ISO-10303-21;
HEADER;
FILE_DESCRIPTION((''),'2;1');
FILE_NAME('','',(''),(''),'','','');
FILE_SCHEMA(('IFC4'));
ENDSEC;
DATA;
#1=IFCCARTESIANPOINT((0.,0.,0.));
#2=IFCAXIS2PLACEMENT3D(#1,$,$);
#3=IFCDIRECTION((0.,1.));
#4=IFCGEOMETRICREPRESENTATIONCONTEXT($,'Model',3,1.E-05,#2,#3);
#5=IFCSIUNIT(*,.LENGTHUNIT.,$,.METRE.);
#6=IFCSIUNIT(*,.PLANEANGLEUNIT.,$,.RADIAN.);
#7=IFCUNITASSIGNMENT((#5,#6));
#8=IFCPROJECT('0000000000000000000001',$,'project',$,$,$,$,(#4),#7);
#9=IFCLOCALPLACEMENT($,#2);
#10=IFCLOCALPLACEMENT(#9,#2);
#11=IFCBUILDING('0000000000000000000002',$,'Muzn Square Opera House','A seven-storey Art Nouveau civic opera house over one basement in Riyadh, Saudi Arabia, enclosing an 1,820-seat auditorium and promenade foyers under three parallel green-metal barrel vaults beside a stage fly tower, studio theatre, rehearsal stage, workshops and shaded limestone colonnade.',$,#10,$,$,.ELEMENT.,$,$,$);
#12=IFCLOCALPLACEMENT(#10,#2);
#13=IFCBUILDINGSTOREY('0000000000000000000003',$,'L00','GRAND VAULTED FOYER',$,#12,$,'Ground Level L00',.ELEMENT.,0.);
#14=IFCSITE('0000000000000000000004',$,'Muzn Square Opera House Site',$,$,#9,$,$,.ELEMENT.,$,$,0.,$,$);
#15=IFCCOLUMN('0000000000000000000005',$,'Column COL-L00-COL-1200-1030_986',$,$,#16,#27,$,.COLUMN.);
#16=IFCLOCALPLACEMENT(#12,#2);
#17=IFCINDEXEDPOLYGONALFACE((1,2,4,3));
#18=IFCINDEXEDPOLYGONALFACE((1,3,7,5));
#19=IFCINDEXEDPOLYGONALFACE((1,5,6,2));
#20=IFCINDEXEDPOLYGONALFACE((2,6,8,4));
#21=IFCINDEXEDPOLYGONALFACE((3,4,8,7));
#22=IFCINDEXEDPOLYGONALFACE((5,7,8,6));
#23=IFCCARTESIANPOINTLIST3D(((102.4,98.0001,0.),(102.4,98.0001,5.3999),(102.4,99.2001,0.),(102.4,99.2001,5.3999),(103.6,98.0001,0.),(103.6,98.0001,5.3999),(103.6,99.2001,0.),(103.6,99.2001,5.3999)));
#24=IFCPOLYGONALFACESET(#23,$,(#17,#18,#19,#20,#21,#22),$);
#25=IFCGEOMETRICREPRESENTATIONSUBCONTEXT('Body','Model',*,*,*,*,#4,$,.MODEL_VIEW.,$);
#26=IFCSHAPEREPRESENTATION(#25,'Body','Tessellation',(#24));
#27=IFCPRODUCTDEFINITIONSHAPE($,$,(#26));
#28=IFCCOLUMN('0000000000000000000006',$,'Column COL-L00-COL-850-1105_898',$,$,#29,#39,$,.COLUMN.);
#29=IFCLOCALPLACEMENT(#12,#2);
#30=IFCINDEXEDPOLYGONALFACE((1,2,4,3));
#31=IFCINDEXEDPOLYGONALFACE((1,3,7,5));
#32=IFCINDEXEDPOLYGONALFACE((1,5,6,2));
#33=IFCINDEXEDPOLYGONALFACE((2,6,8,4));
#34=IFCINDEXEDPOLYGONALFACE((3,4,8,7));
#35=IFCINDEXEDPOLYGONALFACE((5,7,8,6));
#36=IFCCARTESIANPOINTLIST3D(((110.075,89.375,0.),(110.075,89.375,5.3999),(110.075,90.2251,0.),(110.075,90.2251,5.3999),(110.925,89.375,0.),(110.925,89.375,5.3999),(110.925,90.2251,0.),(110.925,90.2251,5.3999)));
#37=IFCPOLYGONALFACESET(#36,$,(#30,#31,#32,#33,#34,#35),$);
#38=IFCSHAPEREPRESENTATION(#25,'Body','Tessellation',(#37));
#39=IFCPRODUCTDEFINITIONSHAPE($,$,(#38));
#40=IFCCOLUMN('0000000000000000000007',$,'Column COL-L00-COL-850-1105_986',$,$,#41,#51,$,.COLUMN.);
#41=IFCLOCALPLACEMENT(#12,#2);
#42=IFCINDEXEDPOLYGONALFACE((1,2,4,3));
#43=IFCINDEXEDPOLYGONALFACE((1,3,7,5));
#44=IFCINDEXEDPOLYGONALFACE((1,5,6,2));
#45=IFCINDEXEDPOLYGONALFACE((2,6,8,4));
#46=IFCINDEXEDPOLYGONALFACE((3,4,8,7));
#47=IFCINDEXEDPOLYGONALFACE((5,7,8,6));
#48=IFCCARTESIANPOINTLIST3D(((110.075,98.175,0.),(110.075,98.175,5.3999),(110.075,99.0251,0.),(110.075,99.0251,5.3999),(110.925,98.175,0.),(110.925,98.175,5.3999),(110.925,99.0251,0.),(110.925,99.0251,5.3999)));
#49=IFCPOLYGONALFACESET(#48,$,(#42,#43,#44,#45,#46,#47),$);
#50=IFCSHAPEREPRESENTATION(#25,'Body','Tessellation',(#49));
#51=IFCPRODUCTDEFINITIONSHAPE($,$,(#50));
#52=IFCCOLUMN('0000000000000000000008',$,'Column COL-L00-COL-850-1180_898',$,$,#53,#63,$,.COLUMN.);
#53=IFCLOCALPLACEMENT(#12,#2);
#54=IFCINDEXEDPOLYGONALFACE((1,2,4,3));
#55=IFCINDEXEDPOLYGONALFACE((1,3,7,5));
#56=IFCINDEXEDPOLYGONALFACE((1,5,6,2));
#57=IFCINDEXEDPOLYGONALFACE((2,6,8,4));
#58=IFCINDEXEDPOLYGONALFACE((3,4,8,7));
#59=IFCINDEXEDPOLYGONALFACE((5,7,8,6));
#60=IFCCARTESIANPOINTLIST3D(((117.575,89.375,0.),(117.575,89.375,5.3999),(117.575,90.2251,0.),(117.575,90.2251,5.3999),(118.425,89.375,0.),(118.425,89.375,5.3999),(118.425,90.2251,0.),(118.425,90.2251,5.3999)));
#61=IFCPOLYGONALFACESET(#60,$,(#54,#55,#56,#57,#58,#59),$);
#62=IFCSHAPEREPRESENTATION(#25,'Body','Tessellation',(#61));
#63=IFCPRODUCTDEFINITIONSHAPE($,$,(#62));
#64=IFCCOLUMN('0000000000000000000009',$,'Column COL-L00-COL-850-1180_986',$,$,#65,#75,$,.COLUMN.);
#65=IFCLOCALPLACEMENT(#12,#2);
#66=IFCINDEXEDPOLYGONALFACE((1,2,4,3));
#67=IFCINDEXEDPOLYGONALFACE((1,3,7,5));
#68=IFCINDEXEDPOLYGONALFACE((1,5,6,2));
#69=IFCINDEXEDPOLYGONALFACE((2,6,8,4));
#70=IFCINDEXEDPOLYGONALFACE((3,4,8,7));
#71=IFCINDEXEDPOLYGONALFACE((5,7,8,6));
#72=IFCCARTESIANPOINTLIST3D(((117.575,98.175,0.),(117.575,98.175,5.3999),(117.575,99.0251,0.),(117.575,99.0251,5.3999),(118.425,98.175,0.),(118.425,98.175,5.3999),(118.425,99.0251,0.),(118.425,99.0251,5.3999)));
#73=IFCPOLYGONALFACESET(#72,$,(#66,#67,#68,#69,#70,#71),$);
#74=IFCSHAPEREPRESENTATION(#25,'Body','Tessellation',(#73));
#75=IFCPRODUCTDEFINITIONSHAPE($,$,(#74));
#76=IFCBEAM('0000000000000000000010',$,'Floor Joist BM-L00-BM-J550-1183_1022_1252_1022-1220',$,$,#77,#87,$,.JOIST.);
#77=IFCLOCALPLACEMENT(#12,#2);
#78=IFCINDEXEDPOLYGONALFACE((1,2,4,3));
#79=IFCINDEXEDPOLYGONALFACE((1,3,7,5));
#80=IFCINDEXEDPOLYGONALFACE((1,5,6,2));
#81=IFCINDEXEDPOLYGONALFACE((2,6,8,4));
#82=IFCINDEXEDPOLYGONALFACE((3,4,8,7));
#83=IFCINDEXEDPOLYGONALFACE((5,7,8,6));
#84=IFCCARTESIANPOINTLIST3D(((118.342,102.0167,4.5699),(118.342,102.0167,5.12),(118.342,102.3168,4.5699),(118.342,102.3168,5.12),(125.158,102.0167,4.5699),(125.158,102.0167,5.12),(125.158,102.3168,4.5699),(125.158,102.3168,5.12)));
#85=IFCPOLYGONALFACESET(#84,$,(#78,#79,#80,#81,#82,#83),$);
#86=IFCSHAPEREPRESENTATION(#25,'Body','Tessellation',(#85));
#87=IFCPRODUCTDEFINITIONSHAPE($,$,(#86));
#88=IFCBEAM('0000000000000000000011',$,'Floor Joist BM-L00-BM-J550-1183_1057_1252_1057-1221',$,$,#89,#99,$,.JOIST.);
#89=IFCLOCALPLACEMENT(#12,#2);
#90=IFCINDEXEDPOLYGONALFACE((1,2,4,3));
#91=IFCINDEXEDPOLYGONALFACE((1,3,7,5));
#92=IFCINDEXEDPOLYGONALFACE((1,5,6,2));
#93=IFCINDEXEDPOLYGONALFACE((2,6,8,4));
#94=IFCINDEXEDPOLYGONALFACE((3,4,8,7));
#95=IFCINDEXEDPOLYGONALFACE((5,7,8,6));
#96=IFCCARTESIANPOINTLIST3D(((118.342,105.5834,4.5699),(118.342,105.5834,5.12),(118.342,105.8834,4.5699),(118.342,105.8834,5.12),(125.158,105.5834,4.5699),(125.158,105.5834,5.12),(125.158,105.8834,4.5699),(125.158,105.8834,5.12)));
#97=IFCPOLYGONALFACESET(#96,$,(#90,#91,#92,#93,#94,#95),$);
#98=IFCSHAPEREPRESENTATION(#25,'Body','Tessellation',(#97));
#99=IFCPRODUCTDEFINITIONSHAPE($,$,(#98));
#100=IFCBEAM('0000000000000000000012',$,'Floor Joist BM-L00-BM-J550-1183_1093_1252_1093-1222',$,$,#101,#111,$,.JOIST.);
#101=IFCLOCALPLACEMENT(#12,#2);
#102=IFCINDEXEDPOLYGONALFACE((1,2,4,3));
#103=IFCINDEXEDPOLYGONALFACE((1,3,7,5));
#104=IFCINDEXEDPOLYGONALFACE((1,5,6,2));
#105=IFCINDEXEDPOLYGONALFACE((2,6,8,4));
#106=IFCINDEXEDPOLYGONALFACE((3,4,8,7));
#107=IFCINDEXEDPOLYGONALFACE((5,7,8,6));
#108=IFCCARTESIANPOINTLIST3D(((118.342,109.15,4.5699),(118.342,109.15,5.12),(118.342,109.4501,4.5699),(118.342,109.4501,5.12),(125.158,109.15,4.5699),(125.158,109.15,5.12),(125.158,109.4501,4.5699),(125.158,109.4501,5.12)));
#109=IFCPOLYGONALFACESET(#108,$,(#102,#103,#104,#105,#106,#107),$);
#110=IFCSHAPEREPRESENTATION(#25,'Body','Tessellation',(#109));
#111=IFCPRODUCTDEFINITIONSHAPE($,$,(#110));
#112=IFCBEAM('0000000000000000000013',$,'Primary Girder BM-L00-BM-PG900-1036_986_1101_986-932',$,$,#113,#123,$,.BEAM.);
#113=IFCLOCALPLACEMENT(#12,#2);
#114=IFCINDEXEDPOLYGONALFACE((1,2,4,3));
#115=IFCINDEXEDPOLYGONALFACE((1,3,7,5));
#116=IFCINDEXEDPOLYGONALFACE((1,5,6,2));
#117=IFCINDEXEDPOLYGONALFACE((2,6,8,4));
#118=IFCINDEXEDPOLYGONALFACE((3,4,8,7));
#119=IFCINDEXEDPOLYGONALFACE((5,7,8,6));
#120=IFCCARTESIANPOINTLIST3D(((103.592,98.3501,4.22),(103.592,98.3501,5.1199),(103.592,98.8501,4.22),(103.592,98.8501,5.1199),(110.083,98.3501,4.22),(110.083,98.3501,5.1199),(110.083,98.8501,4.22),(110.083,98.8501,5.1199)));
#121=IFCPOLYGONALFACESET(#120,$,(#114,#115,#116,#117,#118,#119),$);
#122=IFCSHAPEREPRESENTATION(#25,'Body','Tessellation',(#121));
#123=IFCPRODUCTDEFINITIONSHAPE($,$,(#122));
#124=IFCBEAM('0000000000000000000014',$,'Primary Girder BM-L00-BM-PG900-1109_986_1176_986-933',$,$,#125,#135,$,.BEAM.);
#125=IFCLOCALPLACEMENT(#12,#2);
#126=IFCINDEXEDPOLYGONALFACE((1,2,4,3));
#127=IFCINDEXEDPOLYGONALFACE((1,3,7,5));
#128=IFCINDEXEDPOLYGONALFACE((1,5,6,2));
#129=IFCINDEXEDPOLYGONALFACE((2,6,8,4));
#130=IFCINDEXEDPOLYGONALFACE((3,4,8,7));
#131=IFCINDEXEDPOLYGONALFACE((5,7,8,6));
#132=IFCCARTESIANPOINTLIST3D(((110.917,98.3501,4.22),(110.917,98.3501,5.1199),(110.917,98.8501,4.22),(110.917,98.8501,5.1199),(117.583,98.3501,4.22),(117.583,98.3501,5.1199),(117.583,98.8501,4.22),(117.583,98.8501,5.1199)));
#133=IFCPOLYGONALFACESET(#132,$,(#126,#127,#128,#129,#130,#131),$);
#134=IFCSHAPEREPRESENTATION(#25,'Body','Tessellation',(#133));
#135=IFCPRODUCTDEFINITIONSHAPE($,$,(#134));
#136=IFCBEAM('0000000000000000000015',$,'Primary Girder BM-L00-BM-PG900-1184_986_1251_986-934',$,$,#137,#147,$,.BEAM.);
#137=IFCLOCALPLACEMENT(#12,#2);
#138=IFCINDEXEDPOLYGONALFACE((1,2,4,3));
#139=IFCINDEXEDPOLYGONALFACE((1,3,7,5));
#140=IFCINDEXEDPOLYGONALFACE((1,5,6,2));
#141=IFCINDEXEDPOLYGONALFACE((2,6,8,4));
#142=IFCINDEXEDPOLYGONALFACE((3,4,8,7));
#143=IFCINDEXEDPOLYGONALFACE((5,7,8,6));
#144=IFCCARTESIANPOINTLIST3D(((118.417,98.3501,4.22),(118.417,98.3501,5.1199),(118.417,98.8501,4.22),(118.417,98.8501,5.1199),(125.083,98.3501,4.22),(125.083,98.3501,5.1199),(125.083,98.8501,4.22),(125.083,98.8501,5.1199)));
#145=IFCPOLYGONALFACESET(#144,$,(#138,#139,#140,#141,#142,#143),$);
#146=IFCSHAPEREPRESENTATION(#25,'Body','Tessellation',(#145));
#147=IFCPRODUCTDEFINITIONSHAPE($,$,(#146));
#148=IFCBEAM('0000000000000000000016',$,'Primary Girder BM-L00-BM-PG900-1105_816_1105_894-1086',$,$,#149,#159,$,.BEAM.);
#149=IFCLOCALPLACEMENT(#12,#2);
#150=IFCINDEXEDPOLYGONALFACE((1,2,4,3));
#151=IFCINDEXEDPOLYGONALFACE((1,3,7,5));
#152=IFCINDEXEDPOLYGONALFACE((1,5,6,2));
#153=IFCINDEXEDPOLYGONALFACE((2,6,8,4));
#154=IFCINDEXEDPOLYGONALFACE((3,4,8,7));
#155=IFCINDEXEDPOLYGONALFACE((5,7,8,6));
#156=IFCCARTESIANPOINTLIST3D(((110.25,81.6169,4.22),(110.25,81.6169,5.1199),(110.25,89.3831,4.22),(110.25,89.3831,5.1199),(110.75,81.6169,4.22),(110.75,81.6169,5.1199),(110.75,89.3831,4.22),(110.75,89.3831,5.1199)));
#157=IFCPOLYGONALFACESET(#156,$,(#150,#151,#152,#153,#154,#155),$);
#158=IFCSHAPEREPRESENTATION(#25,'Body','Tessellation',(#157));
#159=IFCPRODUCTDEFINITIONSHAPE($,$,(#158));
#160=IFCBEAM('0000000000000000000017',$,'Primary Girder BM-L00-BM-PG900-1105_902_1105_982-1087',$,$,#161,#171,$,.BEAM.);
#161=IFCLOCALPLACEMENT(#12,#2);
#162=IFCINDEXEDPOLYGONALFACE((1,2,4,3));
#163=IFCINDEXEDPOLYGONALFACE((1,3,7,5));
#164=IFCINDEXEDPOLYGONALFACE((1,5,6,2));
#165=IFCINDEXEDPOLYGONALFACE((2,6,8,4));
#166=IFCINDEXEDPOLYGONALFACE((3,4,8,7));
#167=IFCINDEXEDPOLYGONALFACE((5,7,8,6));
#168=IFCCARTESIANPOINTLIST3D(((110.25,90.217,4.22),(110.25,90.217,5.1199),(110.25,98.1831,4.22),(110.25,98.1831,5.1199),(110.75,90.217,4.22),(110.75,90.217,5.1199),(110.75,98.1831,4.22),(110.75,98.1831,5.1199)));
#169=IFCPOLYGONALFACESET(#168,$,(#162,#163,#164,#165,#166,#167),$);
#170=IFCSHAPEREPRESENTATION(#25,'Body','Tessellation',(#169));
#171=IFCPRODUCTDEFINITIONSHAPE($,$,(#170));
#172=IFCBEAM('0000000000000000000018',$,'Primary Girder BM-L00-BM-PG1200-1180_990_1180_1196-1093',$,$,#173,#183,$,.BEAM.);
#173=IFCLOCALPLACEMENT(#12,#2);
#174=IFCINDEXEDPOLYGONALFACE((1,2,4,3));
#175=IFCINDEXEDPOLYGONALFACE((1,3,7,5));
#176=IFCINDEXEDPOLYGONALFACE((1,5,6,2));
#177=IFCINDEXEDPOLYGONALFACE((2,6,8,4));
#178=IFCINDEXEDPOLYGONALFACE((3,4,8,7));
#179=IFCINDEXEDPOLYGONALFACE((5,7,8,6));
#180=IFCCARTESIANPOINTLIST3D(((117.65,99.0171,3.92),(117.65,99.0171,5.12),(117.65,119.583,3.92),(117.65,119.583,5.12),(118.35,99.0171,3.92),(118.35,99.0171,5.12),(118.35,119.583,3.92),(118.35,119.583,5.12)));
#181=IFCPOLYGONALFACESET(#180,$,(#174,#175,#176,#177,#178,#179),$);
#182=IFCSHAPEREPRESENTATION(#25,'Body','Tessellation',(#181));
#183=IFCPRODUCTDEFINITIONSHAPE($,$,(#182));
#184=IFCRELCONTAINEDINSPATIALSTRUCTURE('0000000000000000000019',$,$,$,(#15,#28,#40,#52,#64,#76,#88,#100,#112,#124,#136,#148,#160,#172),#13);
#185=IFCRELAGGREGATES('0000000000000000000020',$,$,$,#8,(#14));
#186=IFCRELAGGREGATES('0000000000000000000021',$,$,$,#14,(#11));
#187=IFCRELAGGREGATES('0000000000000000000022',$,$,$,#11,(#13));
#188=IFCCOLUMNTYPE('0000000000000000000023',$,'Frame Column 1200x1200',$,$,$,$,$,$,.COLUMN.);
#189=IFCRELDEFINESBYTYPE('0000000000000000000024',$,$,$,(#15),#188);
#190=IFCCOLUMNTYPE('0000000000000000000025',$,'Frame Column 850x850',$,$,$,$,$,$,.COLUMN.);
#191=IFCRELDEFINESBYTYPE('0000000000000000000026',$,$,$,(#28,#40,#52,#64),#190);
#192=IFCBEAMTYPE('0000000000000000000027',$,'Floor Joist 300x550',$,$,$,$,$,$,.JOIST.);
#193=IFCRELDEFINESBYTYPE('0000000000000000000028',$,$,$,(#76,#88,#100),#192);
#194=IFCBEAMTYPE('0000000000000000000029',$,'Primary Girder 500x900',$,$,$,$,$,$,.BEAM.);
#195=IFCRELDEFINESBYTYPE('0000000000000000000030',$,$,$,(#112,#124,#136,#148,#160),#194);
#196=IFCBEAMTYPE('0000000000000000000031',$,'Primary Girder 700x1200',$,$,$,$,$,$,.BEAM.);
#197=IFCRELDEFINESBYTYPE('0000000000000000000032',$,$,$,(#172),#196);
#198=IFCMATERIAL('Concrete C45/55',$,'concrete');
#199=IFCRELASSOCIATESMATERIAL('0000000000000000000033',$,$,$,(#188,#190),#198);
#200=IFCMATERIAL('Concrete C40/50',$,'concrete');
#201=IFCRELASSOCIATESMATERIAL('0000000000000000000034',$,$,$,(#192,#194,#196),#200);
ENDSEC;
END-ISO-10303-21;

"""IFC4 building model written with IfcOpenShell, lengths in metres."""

from ifc_helpers import new_model, si_unit, direction, frame, origin, origin_2d, place, context, subcontext, project, spatial, rectangle, extrude, material, material_profile, profile_set, type_object, element, save


model = new_model("IFC4")

# Units and contexts
model_context = context("Model", 3, precision=1e-05, world=origin(), true_north=direction((0.0, 1.0)))
body_context = subcontext(model_context, "Body", "Model", "MODEL_VIEW")
ifc_project = project(units=[si_unit("LENGTHUNIT", "METRE"), si_unit("PLANEANGLEUNIT", "RADIAN")], contexts=[model_context])

# Site, building, storey
site_placement = place(None, origin())
site = spatial("IfcSite", under=ifc_project, at=site_placement, Name="Muzn Square Opera House Site", CompositionType="ELEMENT", RefElevation=0.0)
building_placement = place(site_placement, origin())
building = spatial("IfcBuilding", under=site, at=building_placement, Name="Muzn Square Opera House", Description="A seven-storey Art Nouveau civic opera house over one basement in Riyadh, Saudi Arabia, enclosing an 1,820-seat auditorium and promenade foyers under three parallel green-metal barrel vaults beside a stage fly tower, studio theatre, rehearsal stage, workshops and shaded limestone colonnade.", CompositionType="ELEMENT")
storey_placement = place(building_placement, origin())
storey = spatial("IfcBuildingStorey", under=building, at=storey_placement, Name="L00", Description="GRAND VAULTED FOYER", LongName="Ground Level L00", CompositionType="ELEMENT", Elevation=0.0)

# Columns
ifc_material_1 = material(Name="Concrete C45/55", Category="concrete")
ifc_material_profile_1 = material_profile(ifc_material_1, rectangle(XDim=1.2, YDim=1.2, at=origin_2d()), Name="RC 1200x1200", Category="concrete")
ifc_profile_set_1 = profile_set([ifc_material_profile_1], Name="Concrete C45/55")
column_type_1 = type_object("IfcColumnType", Name="Frame Column 1200x1200", PredefinedType="COLUMN", material=ifc_profile_set_1)
column_placement = place(storey_placement, frame((103.0, 98.6001, 0.0), z_axis=(0.0, 0.0, 1.0), x_axis=(1.0, 0.0, 0.0)))
element("IfcColumn", 1, at=column_placement, inside=storey, type_object=column_type_1, Name="Column COL-L00-COL-1200-1030_986", PredefinedType="COLUMN", context=body_context, shape_type="SweptSolid", body=[
    extrude(rectangle(XDim=1.2, YDim=1.2, at=origin_2d()), origin(), (0.0, 0.0, 1.0), 5.3999),
])
ifc_material_profile_2 = material_profile(ifc_material_1, rectangle(XDim=0.8501, YDim=0.8501, at=origin_2d()), Name="RC 850x850", Category="concrete")
ifc_profile_set_2 = profile_set([ifc_material_profile_2], Name="Concrete C45/55")
column_type_2 = type_object("IfcColumnType", Name="Frame Column 850x850", PredefinedType="COLUMN", material=ifc_profile_set_2)
for number, where, z_axis, x_axis, name in (
    (2, (110.5, 89.8, 0.0), (0.0, 0.0, 1.0), (1.0, 0.0, 0.0), "Column COL-L00-COL-850-1105_898"),
    (3, (110.5, 98.6001, 0.0), (0.0, 0.0, 1.0), (1.0, 0.0, 0.0), "Column COL-L00-COL-850-1105_986"),
    (4, (118.0, 89.8, 0.0), (0.0, 0.0, 1.0), (1.0, 0.0, 0.0), "Column COL-L00-COL-850-1180_898"),
    (5, (118.0, 98.6001, 0.0), (0.0, 0.0, 1.0), (1.0, 0.0, 0.0), "Column COL-L00-COL-850-1180_986"),
):
    element("IfcColumn", number, at=place(storey_placement, frame(where, z_axis=z_axis, x_axis=x_axis)), inside=storey, type_object=column_type_2, Name=name, PredefinedType="COLUMN", context=body_context, shape_type="SweptSolid", body=[
        extrude(rectangle(XDim=0.8501, YDim=0.8501, at=origin_2d()), origin(), (0.0, 0.0, 1.0), 5.3999),
    ])

# Beams
ifc_material_2 = material(Name="Concrete C40/50", Category="concrete")
ifc_material_profile_3 = material_profile(ifc_material_2, rectangle(XDim=0.3, YDim=0.55, at=origin_2d()), Name="RCJ 300x550", Category="concrete")
ifc_profile_set_3 = profile_set([ifc_material_profile_3], Name="Concrete C40/50")
beam_type_1 = type_object("IfcBeamType", Name="Floor Joist 300x550", PredefinedType="JOIST", material=ifc_profile_set_3)
for number, where, z_axis, x_axis, name in (
    (6, (118.342, 102.1667, 4.845), (1.0, 0.0, 0.0), (0.0, 1.0, 0.0), "Floor Joist BM-L00-BM-J550-1183_1022_1252_1022-1220"),
    (7, (118.342, 105.7334, 4.845), (1.0, 0.0, 0.0), (0.0, 1.0, 0.0), "Floor Joist BM-L00-BM-J550-1183_1057_1252_1057-1221"),
    (8, (118.342, 109.3, 4.845), (1.0, 0.0, 0.0), (0.0, 1.0, 0.0), "Floor Joist BM-L00-BM-J550-1183_1093_1252_1093-1222"),
):
    element("IfcBeam", number, at=place(storey_placement, frame(where, z_axis=z_axis, x_axis=x_axis)), inside=storey, type_object=beam_type_1, Name=name, PredefinedType="JOIST", context=body_context, shape_type="SweptSolid", body=[
        extrude(rectangle(XDim=0.3, YDim=0.55, at=origin_2d()), origin(), (0.0, 0.0, 1.0), 6.8159),
    ])
ifc_material_profile_4 = material_profile(ifc_material_2, rectangle(XDim=0.5, YDim=0.8999, at=origin_2d()), Name="RCB 500x900", Category="concrete")
ifc_profile_set_4 = profile_set([ifc_material_profile_4], Name="Concrete C40/50")
beam_type_2 = type_object("IfcBeamType", Name="Primary Girder 500x900", PredefinedType="BEAM", material=ifc_profile_set_4)
beam_1_placement = place(storey_placement, frame((103.592, 98.6001, 4.6699), z_axis=(1.0, 0.0, 0.0), x_axis=(0.0, 1.0, 0.0)))
element("IfcBeam", 9, at=beam_1_placement, inside=storey, type_object=beam_type_2, Name="Primary Girder BM-L00-BM-PG900-1036_986_1101_986-932", PredefinedType="BEAM", context=body_context, shape_type="SweptSolid", body=[
    extrude(rectangle(XDim=0.5, YDim=0.8999, at=origin_2d()), origin(), (0.0, 0.0, 1.0), 6.491),
])
for number, where, z_axis, x_axis, name in (
    (10, (110.917, 98.6001, 4.6699), (1.0, 0.0, 0.0), (0.0, 1.0, 0.0), "Primary Girder BM-L00-BM-PG900-1109_986_1176_986-933"),
    (11, (118.417, 98.6001, 4.6699), (1.0, 0.0, 0.0), (0.0, 1.0, 0.0), "Primary Girder BM-L00-BM-PG900-1184_986_1251_986-934"),
):
    element("IfcBeam", number, at=place(storey_placement, frame(where, z_axis=z_axis, x_axis=x_axis)), inside=storey, type_object=beam_type_2, Name=name, PredefinedType="BEAM", context=body_context, shape_type="SweptSolid", body=[
        extrude(rectangle(XDim=0.5, YDim=0.8999, at=origin_2d()), origin(), (0.0, 0.0, 1.0), 6.666),
    ])
beam_2_placement = place(storey_placement, frame((110.5, 81.6169, 4.6699), z_axis=(0.0, 1.0, 0.0), x_axis=(-1.0, 0.0, 0.0)))
element("IfcBeam", 12, at=beam_2_placement, inside=storey, type_object=beam_type_2, Name="Primary Girder BM-L00-BM-PG900-1105_816_1105_894-1086", PredefinedType="BEAM", context=body_context, shape_type="SweptSolid", body=[
    extrude(rectangle(XDim=0.5, YDim=0.8999, at=origin_2d()), origin(), (0.0, 0.0, 1.0), 7.7661),
])
beam_3_placement = place(storey_placement, frame((110.5, 90.217, 4.6699), z_axis=(0.0, 1.0, 0.0), x_axis=(-1.0, 0.0, 0.0)))
element("IfcBeam", 13, at=beam_3_placement, inside=storey, type_object=beam_type_2, Name="Primary Girder BM-L00-BM-PG900-1105_902_1105_982-1087", PredefinedType="BEAM", context=body_context, shape_type="SweptSolid", body=[
    extrude(rectangle(XDim=0.5, YDim=0.8999, at=origin_2d()), origin(), (0.0, 0.0, 1.0), 7.9661),
])
ifc_material_profile_5 = material_profile(ifc_material_2, rectangle(XDim=0.7, YDim=1.2, at=origin_2d()), Name="RCB 700x1200", Category="concrete")
ifc_profile_set_5 = profile_set([ifc_material_profile_5], Name="Concrete C40/50")
beam_type_3 = type_object("IfcBeamType", Name="Primary Girder 700x1200", PredefinedType="BEAM", material=ifc_profile_set_5)
beam_4_placement = place(storey_placement, frame((118.0, 99.0171, 4.52), z_axis=(0.0, 1.0, 0.0), x_axis=(-1.0, 0.0, 0.0)))
element("IfcBeam", 14, at=beam_4_placement, inside=storey, type_object=beam_type_3, Name="Primary Girder BM-L00-BM-PG1200-1180_990_1180_1196-1093", PredefinedType="BEAM", context=body_context, shape_type="SweptSolid", body=[
    extrude(rectangle(XDim=0.7, YDim=1.2, at=origin_2d()), origin(), (0.0, 0.0, 1.0), 20.5659),
])

save(model, "model.ifc")
